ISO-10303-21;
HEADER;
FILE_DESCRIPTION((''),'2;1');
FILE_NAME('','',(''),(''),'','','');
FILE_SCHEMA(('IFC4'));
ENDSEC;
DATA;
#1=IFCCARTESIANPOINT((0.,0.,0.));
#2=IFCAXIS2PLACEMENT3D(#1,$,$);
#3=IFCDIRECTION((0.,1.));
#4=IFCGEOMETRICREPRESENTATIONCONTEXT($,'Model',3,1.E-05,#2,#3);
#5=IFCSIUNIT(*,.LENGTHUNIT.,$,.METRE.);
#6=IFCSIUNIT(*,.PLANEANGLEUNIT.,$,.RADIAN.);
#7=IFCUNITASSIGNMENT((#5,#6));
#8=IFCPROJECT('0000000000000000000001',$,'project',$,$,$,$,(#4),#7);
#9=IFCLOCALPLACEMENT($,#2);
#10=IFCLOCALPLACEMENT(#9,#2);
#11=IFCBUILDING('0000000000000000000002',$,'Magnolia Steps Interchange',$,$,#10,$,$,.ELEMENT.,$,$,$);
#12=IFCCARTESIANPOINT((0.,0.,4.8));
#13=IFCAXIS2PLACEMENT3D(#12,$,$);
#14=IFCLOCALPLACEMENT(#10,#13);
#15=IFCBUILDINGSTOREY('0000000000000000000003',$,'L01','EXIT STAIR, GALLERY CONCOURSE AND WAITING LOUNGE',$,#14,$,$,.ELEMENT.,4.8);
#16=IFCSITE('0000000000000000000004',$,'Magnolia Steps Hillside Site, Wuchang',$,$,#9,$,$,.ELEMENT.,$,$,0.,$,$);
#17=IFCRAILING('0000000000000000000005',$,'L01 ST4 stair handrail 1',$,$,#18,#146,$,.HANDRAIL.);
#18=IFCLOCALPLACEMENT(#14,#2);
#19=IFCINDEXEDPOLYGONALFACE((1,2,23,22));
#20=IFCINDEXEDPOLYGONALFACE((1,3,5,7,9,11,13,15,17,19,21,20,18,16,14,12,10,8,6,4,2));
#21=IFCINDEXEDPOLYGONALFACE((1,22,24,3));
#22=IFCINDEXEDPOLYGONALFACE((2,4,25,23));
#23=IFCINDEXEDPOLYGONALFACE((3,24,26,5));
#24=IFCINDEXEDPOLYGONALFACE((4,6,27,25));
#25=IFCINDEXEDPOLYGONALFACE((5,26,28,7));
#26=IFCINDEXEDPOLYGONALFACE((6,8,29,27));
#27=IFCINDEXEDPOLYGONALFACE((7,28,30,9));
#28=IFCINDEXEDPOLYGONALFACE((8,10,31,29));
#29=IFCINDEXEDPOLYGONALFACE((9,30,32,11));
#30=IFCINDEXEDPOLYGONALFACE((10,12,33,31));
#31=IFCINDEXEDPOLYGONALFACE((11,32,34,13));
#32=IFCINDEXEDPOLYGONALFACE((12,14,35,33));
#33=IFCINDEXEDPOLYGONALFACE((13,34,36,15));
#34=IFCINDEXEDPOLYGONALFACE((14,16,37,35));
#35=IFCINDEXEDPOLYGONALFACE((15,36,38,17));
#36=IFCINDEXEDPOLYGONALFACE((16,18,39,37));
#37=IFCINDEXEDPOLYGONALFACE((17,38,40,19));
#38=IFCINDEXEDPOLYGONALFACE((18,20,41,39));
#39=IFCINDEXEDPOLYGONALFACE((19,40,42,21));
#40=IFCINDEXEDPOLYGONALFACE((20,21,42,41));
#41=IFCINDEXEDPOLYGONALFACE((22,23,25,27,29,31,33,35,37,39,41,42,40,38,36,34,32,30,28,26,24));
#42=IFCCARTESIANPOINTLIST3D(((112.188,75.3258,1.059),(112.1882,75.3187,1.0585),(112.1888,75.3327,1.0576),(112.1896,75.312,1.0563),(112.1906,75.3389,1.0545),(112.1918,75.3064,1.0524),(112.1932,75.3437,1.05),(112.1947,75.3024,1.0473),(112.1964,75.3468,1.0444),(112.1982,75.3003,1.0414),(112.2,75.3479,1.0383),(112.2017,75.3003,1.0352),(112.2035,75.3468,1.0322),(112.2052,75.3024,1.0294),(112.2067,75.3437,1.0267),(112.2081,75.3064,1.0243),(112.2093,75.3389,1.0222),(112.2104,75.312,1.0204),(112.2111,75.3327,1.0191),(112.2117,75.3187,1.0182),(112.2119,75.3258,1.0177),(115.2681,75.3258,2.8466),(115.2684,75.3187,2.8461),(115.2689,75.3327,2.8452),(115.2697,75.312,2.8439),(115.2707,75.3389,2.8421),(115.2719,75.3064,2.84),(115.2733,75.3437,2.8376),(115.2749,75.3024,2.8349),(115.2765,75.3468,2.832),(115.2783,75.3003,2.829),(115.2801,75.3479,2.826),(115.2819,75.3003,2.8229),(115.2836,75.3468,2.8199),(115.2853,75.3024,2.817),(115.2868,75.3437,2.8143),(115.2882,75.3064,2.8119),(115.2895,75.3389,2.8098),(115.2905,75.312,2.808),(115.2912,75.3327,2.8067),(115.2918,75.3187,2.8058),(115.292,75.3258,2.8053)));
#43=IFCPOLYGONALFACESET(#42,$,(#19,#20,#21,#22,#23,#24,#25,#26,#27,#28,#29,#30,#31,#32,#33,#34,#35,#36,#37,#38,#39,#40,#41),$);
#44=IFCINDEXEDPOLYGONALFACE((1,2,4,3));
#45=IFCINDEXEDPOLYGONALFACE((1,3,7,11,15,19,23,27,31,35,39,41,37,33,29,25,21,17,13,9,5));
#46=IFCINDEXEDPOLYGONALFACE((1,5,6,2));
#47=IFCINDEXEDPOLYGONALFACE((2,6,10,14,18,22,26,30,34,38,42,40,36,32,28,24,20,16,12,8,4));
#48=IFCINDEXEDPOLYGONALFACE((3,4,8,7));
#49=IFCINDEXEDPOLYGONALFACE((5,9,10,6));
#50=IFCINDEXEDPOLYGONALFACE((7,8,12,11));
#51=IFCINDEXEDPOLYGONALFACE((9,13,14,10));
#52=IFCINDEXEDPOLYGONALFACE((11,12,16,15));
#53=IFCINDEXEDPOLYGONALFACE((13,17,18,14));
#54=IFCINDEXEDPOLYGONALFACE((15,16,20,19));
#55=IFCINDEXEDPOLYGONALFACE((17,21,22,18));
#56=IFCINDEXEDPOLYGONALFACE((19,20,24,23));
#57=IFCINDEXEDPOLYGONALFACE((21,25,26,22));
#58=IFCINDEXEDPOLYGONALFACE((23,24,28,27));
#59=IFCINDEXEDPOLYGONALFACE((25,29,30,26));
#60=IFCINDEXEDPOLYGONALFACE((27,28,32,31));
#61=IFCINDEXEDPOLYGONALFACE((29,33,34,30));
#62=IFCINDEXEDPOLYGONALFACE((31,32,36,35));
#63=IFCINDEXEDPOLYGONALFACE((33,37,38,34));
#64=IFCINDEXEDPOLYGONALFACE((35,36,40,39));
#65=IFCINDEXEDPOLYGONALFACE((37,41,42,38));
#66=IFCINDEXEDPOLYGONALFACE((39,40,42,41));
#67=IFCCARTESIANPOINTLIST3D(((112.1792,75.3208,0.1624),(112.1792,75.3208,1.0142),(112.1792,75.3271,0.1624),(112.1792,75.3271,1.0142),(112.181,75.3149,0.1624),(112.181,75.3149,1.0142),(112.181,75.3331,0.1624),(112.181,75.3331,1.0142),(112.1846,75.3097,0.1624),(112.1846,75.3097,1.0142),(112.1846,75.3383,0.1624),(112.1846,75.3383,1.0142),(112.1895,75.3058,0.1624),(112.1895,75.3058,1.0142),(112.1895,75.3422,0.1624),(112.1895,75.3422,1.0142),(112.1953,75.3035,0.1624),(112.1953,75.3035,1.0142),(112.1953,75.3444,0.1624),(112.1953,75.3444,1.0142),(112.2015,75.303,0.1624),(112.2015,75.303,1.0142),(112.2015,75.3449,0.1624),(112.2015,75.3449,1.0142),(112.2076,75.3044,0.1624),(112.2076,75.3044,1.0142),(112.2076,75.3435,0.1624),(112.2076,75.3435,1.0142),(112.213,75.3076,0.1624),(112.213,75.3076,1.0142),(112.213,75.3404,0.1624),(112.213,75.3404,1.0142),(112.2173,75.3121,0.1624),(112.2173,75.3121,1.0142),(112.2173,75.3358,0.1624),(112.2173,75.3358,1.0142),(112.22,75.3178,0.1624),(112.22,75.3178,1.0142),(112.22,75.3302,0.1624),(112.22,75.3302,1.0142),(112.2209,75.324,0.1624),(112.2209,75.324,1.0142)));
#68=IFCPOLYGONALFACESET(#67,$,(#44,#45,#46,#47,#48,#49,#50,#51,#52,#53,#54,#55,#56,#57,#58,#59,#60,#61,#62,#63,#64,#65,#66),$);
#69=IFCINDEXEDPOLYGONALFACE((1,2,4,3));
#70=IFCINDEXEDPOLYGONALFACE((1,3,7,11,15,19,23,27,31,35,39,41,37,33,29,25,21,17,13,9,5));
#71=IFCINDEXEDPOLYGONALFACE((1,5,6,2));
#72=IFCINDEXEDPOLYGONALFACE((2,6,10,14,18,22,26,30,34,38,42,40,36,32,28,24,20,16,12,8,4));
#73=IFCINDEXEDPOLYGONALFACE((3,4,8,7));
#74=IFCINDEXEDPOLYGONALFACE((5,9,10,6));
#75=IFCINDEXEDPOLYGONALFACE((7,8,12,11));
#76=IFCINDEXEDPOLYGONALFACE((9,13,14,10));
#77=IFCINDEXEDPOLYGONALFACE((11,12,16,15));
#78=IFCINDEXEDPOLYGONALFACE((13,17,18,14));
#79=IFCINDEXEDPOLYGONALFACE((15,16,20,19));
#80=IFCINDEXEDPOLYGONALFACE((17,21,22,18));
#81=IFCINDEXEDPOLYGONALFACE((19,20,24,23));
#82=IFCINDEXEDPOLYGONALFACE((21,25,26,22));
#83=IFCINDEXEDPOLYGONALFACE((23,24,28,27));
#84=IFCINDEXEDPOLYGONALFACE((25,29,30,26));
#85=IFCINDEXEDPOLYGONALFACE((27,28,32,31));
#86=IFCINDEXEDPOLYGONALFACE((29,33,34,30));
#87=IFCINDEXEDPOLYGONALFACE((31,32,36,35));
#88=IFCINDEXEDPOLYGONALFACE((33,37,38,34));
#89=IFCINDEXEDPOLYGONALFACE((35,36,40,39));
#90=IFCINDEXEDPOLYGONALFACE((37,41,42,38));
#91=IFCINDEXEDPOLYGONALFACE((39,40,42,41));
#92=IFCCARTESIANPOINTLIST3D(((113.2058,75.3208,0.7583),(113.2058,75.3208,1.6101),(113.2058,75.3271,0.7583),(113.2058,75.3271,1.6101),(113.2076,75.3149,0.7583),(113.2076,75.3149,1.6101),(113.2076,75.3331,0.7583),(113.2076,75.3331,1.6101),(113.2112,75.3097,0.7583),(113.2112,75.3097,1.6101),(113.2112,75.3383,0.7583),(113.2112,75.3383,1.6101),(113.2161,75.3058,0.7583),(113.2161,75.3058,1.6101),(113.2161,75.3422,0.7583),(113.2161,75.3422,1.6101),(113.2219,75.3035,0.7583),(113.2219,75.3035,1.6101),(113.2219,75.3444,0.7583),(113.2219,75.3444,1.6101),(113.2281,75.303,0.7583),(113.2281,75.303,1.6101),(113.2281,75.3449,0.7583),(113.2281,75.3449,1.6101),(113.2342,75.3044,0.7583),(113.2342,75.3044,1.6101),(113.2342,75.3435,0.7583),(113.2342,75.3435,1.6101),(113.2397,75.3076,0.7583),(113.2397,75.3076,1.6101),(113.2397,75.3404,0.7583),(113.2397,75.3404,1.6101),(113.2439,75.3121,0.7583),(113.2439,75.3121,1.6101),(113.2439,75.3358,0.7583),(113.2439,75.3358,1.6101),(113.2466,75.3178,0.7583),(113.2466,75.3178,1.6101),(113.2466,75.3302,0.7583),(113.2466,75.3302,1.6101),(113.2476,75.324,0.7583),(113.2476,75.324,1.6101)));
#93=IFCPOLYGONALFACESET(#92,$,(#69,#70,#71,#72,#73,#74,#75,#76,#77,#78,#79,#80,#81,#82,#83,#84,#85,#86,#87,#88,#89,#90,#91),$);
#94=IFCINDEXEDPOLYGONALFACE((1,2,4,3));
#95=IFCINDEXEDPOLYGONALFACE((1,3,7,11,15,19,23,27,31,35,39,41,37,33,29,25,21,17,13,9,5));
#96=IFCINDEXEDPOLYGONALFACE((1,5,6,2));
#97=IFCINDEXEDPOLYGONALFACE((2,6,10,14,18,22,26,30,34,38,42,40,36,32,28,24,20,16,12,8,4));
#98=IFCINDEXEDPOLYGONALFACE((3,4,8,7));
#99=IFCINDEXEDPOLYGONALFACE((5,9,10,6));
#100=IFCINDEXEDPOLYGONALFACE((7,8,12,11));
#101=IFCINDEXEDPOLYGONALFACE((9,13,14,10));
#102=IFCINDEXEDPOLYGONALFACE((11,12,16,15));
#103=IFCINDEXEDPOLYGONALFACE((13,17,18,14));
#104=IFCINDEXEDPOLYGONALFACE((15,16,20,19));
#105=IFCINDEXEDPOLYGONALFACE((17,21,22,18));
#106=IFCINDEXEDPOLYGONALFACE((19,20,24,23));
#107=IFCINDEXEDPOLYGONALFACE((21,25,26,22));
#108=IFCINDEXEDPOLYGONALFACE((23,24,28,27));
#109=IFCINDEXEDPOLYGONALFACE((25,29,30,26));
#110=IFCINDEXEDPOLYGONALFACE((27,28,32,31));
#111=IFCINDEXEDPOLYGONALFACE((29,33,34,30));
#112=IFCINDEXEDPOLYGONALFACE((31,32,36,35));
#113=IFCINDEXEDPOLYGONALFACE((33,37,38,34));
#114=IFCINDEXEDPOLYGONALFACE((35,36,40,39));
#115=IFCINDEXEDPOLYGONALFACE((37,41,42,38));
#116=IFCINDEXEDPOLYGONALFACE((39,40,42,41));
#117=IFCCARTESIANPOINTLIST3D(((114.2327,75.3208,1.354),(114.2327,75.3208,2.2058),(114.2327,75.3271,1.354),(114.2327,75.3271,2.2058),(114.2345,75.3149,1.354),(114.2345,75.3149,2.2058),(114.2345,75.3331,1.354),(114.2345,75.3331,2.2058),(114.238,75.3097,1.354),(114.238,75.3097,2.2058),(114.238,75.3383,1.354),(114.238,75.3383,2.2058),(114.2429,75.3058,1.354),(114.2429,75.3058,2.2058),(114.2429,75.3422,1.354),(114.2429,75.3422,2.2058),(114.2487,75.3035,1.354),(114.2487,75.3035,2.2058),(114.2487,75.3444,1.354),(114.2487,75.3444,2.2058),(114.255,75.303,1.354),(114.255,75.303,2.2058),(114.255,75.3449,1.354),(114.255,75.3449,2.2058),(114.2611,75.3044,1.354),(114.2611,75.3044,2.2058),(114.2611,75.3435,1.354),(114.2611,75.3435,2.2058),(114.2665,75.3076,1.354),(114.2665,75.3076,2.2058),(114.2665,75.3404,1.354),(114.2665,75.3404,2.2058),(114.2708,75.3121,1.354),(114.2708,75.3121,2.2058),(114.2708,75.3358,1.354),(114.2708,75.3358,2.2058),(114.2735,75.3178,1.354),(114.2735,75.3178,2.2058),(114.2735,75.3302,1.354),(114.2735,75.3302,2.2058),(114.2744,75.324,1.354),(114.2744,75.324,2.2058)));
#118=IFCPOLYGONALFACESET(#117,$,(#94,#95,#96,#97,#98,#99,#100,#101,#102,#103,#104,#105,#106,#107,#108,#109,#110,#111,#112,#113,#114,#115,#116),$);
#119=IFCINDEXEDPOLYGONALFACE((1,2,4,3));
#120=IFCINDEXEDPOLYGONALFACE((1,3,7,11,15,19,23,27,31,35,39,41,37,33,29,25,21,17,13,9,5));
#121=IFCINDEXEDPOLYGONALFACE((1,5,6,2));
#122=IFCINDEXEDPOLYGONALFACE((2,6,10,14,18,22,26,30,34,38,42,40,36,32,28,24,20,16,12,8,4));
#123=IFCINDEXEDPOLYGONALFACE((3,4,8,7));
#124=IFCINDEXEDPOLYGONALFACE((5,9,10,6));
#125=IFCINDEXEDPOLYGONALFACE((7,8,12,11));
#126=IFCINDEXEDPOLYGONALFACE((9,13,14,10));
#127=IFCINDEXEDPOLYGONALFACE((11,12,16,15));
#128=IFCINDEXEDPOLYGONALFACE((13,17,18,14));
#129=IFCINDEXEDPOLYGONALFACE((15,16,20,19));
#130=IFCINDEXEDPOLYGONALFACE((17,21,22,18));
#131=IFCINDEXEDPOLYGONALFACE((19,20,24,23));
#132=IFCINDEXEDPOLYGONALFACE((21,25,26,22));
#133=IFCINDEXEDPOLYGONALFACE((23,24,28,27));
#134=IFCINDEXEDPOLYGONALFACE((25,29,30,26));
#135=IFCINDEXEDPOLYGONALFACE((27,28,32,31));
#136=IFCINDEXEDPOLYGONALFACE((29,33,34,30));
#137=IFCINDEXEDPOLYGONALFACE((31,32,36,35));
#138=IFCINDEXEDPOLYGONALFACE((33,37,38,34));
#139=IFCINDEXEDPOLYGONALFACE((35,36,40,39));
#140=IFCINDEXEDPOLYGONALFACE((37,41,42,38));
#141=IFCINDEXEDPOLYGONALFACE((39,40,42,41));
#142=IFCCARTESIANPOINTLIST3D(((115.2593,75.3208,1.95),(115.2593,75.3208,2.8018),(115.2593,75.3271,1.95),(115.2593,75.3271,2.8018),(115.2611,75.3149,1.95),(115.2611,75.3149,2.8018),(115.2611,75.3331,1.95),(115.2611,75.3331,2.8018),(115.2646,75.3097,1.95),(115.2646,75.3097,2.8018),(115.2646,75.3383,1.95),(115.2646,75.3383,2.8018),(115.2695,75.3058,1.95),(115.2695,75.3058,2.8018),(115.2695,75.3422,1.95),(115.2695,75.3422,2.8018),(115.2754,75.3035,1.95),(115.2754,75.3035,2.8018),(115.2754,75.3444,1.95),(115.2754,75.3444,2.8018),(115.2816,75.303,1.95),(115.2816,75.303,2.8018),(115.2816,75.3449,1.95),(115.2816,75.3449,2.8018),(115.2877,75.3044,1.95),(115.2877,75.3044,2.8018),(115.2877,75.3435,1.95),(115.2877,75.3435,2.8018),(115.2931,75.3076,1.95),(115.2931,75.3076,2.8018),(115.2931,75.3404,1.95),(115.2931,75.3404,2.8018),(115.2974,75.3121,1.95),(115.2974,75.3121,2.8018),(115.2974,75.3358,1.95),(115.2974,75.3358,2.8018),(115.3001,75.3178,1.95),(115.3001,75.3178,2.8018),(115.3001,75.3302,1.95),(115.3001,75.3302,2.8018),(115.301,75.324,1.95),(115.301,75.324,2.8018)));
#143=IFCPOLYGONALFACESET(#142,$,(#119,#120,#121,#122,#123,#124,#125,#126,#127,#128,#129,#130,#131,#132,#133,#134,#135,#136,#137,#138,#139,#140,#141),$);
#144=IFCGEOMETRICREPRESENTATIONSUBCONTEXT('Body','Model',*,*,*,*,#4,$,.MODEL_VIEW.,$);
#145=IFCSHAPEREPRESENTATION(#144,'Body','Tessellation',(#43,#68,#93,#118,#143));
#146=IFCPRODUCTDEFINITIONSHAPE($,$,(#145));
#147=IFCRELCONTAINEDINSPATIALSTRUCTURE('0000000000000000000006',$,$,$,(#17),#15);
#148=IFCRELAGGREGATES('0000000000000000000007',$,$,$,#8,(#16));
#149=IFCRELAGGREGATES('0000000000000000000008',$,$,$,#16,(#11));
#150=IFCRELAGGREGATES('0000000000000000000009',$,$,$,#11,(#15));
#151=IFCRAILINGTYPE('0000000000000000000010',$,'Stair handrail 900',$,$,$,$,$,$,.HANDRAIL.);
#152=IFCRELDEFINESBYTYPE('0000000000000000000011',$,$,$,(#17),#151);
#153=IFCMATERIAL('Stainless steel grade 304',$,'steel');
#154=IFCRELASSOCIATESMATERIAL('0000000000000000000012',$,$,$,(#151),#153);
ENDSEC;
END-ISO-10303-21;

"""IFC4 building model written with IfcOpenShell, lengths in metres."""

from ifc_helpers import new_model, si_unit, direction, frame, origin, origin_2d, place, context, subcontext, project, spatial, circle, extrude, material, type_object, element, save


model = new_model("IFC4")

# Units and contexts
model_context = context("Model", 3, precision=1e-05, world=origin(), true_north=direction((0.0, 1.0)))
body_context = subcontext(model_context, "Body", "Model", "MODEL_VIEW")
ifc_project = project(units=[si_unit("LENGTHUNIT", "METRE"), si_unit("PLANEANGLEUNIT", "RADIAN")], contexts=[model_context])

# Site, building, storey
site_placement = place(None, origin())
site = spatial("IfcSite", under=ifc_project, at=site_placement, Name="Magnolia Steps Hillside Site, Wuchang", CompositionType="ELEMENT", RefElevation=0.0)
building_placement = place(site_placement, origin())
building = spatial("IfcBuilding", under=site, at=building_placement, Name="Magnolia Steps Interchange", CompositionType="ELEMENT")
storey_placement = place(building_placement, frame((0.0, 0.0, 4.8)))
storey = spatial("IfcBuildingStorey", under=building, at=storey_placement, Name="L01", Description="EXIT STAIR, GALLERY CONCOURSE AND WAITING LOUNGE", CompositionType="ELEMENT", Elevation=4.8)

# Railing
ifc_material_1 = material(Name="Stainless steel grade 304", Category="steel")
railing_type_1 = type_object("IfcRailingType", Name="Stair handrail 900", PredefinedType="HANDRAIL", material=ifc_material_1)
railing_1_placement = place(storey_placement, frame((112.2, 75.324, 0.1624)))
element("IfcRailing", 1, at=railing_1_placement, inside=storey, type_object=railing_type_1, Name="L01 ST4 stair handrail 1", PredefinedType="HANDRAIL", context=body_context, shape_type="SweptSolid", body=[
    extrude(circle(Radius=0.0239, at=origin_2d()), frame((0.0, 0.0, 0.876), z_axis=(0.864891, 0.0, 0.50196), x_axis=(0.0, 1.0, 0.0)), (0.0, 0.0, 1.0), 3.5613),
    extrude(circle(Radius=0.021, at=origin_2d()), origin(), (0.0, 0.0, 1.0), 0.8518),
    extrude(circle(Radius=0.021, at=origin_2d()), frame((1.0266, 0.0, 0.5959)), (0.0, 0.0, 1.0), 0.8518),
    extrude(circle(Radius=0.021, at=origin_2d()), frame((2.0535, 0.0, 1.1917)), (0.0, 0.0, 1.0), 0.8518),
    extrude(circle(Radius=0.021, at=origin_2d()), frame((3.0801, 0.0, 1.7876)), (0.0, 0.0, 1.0), 0.8518),
])

save(model, "model.ifc")
